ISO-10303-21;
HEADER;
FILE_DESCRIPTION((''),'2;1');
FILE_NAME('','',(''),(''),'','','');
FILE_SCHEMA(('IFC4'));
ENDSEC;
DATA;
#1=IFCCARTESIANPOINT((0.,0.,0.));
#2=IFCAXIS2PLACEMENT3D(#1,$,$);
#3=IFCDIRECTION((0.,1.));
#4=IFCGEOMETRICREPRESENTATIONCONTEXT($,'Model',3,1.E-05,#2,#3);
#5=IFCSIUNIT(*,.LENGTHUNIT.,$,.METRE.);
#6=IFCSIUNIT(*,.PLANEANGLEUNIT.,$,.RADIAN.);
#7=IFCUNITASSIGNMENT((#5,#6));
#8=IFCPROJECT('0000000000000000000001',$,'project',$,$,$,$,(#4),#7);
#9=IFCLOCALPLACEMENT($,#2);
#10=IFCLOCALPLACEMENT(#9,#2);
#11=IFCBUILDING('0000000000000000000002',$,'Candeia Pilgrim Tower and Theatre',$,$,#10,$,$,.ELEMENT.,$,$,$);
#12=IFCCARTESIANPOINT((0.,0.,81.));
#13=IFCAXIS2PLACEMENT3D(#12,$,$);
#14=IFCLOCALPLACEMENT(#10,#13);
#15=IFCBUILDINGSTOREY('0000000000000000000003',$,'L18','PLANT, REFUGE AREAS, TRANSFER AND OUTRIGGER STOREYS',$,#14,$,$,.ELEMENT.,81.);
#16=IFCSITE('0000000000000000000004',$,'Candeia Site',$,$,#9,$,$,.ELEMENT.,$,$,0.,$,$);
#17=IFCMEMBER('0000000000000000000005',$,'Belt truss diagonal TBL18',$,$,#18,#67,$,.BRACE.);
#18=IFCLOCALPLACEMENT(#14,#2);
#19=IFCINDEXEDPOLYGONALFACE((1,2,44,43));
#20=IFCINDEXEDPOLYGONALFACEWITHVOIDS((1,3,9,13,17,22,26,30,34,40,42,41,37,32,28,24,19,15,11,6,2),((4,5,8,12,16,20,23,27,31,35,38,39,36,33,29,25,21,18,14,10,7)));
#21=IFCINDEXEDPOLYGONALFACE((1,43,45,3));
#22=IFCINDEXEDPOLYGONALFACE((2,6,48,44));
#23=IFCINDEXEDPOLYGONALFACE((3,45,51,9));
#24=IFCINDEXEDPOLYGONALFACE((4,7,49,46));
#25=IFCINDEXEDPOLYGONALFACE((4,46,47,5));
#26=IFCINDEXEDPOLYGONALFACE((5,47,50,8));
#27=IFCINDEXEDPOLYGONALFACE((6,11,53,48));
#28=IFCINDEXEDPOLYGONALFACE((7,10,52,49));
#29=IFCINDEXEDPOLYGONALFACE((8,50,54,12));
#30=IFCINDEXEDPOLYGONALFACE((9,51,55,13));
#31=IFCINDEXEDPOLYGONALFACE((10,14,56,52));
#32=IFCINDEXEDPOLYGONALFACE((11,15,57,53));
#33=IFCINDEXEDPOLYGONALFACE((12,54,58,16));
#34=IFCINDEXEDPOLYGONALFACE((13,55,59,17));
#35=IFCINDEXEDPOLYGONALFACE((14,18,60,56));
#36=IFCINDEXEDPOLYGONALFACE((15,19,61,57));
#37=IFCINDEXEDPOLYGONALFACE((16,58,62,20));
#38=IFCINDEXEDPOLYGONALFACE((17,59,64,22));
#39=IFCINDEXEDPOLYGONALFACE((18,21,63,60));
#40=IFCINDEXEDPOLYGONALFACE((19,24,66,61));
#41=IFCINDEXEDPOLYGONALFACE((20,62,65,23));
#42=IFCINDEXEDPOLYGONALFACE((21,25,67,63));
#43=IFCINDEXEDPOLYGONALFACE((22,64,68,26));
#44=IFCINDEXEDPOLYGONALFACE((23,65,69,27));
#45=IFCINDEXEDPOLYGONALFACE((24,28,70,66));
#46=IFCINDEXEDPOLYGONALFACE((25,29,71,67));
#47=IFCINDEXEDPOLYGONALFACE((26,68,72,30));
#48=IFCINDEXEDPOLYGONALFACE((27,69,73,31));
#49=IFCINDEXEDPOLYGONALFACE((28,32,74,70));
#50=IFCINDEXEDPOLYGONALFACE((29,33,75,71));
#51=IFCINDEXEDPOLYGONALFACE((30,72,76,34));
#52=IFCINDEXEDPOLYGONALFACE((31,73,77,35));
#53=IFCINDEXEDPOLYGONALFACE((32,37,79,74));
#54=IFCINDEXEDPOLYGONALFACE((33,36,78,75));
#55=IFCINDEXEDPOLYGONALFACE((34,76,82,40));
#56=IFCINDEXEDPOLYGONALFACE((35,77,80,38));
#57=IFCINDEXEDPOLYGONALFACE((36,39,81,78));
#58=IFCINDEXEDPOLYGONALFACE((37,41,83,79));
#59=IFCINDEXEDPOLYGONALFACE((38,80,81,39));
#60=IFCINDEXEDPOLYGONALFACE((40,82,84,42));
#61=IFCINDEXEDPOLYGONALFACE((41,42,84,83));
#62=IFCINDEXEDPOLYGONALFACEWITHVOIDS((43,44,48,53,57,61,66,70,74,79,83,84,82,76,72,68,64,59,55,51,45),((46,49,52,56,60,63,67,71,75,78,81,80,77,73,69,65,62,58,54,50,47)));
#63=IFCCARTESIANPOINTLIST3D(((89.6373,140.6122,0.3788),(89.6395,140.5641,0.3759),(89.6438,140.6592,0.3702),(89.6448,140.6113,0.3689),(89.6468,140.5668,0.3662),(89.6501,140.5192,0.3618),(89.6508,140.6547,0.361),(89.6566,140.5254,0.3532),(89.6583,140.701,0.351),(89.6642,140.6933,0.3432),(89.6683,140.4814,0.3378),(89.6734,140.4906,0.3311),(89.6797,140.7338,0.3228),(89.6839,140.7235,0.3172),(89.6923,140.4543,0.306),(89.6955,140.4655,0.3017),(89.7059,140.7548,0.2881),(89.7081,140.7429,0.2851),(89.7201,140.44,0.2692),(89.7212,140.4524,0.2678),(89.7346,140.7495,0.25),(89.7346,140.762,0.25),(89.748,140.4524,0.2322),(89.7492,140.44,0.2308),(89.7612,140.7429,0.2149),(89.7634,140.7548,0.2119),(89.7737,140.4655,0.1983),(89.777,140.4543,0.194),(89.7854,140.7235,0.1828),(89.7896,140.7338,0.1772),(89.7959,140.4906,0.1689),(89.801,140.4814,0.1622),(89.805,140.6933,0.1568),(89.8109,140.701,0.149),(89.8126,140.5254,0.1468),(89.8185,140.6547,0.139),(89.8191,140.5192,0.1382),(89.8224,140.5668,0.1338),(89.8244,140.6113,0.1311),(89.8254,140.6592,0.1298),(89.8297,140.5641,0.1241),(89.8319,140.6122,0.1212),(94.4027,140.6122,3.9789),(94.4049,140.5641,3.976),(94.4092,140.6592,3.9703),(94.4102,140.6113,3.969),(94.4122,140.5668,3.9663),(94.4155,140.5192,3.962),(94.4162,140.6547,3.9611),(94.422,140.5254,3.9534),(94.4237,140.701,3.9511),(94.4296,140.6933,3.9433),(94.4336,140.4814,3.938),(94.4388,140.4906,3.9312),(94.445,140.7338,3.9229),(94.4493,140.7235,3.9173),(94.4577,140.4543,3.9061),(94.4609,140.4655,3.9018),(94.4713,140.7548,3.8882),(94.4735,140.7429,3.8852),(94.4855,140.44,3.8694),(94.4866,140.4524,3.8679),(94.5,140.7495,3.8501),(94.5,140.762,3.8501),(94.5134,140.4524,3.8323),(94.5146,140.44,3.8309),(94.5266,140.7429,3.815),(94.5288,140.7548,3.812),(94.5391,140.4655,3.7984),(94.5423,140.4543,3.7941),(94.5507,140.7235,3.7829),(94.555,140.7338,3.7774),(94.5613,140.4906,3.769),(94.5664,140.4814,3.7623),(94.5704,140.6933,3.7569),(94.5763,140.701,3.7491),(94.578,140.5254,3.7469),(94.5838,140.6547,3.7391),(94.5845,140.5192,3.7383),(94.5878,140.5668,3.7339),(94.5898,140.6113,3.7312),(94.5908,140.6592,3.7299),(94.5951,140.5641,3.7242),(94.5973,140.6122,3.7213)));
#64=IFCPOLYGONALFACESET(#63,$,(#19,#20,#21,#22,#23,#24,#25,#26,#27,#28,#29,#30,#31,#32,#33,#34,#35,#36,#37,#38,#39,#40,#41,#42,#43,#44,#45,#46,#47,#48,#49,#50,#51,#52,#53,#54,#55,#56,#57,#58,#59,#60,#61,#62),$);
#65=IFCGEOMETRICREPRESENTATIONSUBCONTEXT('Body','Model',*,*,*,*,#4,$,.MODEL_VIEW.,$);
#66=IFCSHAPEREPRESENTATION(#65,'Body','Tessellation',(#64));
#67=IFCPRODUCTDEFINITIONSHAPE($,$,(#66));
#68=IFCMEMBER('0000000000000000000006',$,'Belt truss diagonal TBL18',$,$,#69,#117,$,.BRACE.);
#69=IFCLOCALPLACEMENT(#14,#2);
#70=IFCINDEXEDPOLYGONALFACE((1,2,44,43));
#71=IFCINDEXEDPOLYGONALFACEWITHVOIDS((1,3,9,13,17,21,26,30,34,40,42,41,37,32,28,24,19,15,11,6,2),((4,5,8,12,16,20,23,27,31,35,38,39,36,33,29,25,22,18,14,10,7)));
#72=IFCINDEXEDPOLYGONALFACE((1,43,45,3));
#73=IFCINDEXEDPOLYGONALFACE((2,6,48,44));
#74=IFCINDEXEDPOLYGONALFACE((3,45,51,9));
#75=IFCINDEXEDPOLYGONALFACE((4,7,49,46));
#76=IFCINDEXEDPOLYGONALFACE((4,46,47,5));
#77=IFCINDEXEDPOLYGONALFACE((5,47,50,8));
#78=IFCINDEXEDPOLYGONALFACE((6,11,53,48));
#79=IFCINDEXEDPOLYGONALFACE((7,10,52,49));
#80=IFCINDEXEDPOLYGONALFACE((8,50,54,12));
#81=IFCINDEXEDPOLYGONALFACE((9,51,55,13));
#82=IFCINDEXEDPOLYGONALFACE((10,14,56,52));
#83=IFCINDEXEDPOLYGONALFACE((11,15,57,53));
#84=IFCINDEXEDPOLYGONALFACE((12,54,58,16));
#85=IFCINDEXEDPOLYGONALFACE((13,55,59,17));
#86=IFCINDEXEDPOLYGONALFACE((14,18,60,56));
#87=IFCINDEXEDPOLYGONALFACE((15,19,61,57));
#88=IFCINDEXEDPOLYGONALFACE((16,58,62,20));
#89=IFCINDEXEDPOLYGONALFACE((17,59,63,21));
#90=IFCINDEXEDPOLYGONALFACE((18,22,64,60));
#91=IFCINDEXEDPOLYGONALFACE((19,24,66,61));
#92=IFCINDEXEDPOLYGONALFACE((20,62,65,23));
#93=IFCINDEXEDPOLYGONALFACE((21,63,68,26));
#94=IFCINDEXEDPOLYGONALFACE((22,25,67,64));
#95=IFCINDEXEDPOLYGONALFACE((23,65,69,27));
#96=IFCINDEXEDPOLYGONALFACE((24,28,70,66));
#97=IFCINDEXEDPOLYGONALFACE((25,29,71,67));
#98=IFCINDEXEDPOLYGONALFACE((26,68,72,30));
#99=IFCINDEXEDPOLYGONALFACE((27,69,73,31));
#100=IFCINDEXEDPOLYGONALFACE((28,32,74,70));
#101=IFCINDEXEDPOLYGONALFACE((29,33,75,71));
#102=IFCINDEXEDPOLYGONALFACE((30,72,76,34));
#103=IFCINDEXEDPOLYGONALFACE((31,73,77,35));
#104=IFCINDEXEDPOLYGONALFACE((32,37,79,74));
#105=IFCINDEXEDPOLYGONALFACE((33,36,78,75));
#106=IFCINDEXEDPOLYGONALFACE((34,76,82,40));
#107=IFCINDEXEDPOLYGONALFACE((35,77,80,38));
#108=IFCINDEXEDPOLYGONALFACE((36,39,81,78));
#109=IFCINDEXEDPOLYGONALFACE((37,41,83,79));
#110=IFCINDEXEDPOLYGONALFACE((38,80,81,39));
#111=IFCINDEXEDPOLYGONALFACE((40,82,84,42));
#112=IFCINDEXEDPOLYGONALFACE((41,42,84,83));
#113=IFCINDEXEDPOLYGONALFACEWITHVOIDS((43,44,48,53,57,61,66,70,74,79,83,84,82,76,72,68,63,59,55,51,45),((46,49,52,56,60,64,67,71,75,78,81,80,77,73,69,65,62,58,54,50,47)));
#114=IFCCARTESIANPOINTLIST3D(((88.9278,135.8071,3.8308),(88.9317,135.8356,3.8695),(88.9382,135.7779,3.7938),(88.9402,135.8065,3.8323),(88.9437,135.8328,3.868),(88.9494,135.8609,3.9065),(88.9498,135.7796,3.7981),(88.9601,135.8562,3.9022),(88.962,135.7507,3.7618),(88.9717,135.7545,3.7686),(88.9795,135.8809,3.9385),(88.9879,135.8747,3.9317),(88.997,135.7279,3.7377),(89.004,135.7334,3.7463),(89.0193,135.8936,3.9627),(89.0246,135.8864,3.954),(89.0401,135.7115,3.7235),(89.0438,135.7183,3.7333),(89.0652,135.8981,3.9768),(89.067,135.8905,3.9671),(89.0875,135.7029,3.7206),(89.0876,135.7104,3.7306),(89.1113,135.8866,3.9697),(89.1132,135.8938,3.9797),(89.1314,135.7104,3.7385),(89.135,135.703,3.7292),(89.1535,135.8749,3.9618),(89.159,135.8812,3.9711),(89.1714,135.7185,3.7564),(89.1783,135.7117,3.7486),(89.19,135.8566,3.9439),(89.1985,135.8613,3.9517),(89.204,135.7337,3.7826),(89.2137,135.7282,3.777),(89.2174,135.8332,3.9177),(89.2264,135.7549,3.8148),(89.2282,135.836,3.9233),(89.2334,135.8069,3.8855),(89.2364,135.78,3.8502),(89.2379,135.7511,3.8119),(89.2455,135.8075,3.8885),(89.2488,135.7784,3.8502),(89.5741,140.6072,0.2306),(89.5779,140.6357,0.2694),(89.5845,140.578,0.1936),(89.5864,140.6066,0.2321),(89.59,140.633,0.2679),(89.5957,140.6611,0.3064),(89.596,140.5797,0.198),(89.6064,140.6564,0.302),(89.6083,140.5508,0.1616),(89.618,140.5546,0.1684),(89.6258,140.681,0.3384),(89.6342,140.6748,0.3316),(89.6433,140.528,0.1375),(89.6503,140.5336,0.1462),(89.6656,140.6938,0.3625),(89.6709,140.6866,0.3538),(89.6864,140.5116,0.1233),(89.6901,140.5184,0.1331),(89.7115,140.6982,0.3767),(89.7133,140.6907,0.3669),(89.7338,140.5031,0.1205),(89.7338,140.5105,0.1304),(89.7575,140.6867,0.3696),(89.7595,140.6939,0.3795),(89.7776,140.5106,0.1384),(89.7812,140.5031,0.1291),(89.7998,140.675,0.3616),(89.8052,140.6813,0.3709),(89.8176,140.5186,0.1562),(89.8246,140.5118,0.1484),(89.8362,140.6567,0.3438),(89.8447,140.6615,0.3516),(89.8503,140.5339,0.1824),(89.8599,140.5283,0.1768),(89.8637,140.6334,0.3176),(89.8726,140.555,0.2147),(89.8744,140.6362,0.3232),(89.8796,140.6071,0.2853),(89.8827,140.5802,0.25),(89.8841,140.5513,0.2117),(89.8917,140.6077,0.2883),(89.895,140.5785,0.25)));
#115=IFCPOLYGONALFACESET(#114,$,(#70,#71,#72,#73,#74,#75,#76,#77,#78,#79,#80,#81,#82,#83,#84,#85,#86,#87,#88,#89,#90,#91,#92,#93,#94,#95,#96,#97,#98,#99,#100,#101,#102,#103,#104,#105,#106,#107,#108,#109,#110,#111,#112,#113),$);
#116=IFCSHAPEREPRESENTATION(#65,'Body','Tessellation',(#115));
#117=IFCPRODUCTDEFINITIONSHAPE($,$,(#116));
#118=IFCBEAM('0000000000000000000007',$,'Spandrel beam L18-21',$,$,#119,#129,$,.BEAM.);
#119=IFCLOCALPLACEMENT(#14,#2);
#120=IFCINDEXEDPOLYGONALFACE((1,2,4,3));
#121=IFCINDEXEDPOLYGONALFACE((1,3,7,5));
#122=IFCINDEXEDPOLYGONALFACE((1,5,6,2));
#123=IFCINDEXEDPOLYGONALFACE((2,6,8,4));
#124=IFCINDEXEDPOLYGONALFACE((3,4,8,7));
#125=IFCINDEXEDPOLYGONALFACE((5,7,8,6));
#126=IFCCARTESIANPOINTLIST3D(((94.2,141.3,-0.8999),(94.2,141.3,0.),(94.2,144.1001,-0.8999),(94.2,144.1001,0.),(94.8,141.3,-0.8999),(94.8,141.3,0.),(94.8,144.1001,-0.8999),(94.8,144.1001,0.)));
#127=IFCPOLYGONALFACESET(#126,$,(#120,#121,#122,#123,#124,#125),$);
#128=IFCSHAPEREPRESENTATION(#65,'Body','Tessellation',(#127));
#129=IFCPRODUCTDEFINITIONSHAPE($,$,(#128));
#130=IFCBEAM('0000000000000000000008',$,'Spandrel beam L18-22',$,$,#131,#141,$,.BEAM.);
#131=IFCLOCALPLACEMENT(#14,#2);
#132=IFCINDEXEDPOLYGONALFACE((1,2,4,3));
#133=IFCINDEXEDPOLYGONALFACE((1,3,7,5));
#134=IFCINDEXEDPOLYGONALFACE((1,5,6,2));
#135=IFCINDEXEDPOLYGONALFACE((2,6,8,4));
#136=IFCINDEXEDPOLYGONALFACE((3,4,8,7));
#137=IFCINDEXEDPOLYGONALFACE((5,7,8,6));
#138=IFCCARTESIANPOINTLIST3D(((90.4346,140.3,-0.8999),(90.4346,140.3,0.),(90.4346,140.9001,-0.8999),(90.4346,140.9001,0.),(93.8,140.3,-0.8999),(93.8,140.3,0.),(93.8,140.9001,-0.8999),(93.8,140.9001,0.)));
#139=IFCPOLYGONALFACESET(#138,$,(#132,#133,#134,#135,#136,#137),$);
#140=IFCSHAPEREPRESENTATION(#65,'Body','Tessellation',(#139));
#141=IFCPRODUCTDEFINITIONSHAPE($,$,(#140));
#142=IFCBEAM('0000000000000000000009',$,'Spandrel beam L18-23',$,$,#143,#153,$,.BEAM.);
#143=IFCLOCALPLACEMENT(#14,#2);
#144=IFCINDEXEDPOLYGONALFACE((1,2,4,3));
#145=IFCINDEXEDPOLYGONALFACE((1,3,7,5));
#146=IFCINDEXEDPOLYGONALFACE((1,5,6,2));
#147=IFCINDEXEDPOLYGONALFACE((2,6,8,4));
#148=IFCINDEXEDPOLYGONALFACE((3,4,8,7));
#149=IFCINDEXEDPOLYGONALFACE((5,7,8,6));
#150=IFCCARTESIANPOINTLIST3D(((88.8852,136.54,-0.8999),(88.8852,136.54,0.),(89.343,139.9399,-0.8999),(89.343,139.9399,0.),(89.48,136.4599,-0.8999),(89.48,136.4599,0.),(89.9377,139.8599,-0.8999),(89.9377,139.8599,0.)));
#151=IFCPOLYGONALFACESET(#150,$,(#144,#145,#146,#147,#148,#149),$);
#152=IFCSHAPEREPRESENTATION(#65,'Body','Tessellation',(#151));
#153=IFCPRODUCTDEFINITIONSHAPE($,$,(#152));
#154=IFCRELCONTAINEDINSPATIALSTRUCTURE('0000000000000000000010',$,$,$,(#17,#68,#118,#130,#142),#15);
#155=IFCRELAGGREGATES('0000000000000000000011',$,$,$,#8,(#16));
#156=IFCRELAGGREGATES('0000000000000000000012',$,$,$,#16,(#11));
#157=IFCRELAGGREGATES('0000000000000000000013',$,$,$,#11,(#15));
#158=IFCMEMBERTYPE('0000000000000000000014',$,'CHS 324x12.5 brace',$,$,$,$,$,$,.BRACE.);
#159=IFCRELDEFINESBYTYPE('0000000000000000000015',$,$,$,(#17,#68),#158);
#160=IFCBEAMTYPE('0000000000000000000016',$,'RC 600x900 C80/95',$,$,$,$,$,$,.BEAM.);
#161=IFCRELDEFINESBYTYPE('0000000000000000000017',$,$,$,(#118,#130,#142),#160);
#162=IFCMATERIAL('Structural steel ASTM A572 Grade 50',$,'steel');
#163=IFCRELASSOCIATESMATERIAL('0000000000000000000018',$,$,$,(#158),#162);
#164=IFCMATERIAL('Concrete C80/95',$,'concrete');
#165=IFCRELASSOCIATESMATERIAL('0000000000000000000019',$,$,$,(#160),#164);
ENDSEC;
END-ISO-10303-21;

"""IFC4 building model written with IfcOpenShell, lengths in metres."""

from ifc_helpers import new_model, si_unit, direction, frame, origin, origin_2d, place, context, subcontext, project, spatial, rectangle, hollow_circle, extrude, material, material_profile, profile_set, type_object, element, save


model = new_model("IFC4")

# Units and contexts
model_context = context("Model", 3, precision=1e-05, world=origin(), true_north=direction((0.0, 1.0)))
body_context = subcontext(model_context, "Body", "Model", "MODEL_VIEW")
ifc_project = project(units=[si_unit("LENGTHUNIT", "METRE"), si_unit("PLANEANGLEUNIT", "RADIAN")], contexts=[model_context])

# Site, building, storey
site_placement = place(None, origin())
site = spatial("IfcSite", under=ifc_project, at=site_placement, Name="Candeia Site", CompositionType="ELEMENT", RefElevation=0.0)
building_placement = place(site_placement, origin())
building = spatial("IfcBuilding", under=site, at=building_placement, Name="Candeia Pilgrim Tower and Theatre", CompositionType="ELEMENT")
storey_placement = place(building_placement, frame((0.0, 0.0, 81.0)))
storey = spatial("IfcBuildingStorey", under=building, at=storey_placement, Name="L18", Description="PLANT, REFUGE AREAS, TRANSFER AND OUTRIGGER STOREYS", CompositionType="ELEMENT", Elevation=81.0)

# Shared definitions
ifc_material_1 = material(Name="Concrete C80/95", Category="concrete")

# Members
ifc_material_2 = material(Name="Structural steel ASTM A572 Grade 50", Category="steel")
ifc_material_profile_1 = material_profile(ifc_material_2, hollow_circle(Radius=0.1619, WallThickness=0.0125, at=origin_2d()))
ifc_profile_set_1 = profile_set([ifc_material_profile_1], Name="Structural steel ASTM A572 Grade 50")
member_type_1 = type_object("IfcMemberType", Name="CHS 324x12.5 brace", PredefinedType="BRACE", material=ifc_profile_set_1)
member_1_placement = place(storey_placement, frame((89.7346, 140.6001, 0.25), z_axis=(0.797901, 0.0, 0.602789), x_axis=(0.0, 1.0, 0.0)))
element("IfcMember", 1, at=member_1_placement, inside=storey, type_object=member_type_1, Name="Belt truss diagonal TBL18", PredefinedType="BRACE", context=body_context, shape_type="SweptSolid", body=[
    extrude(hollow_circle(Radius=0.1619, WallThickness=0.0125, at=origin_2d()), origin(), (0.0, 0.0, 1.0), 5.9724),
])
member_2_placement = place(storey_placement, frame((89.7346, 140.6001, 0.25), z_axis=(-0.107086, -0.795395, 0.596556), x_axis=(0.991058, -0.133428, 0.0)))
element("IfcMember", 2, at=member_2_placement, inside=storey, type_object=member_type_1, Name="Belt truss diagonal TBL18", PredefinedType="BRACE", context=body_context, shape_type="SweptSolid", body=[
    extrude(hollow_circle(Radius=0.1619, WallThickness=0.0125, at=origin_2d()), origin(), (0.0, 0.0, 1.0), 6.0349),
])

# Beams
ifc_material_profile_2 = material_profile(ifc_material_1, rectangle(XDim=0.6001, YDim=0.8999, at=origin_2d()))
ifc_profile_set_2 = profile_set([ifc_material_profile_2], Name="Concrete C80/95")
beam_type = type_object("IfcBeamType", Name="RC 600x900 C80/95", PredefinedType="BEAM", material=ifc_profile_set_2)
beam_1_placement = place(storey_placement, frame((94.5, 144.1001, -0.45), z_axis=(0.0, -1.0, 0.0), x_axis=(1.0, 0.0, 0.0)))
element("IfcBeam", 3, at=beam_1_placement, inside=storey, type_object=beam_type, Name="Spandrel beam L18-21", PredefinedType="BEAM", context=body_context, shape_type="SweptSolid", body=[
    extrude(rectangle(XDim=0.6001, YDim=0.8999, at=origin_2d()), origin(), (0.0, 0.0, 1.0), 2.8),
])
beam_2_placement = place(storey_placement, frame((93.8, 140.6001, -0.45), z_axis=(-1.0, 0.0, 0.0), x_axis=(0.0, -1.0, 0.0)))
element("IfcBeam", 4, at=beam_2_placement, inside=storey, type_object=beam_type, Name="Spandrel beam L18-22", PredefinedType="BEAM", context=body_context, shape_type="SweptSolid", body=[
    extrude(rectangle(XDim=0.6001, YDim=0.8999, at=origin_2d()), origin(), (0.0, 0.0, 1.0), 3.3655),
])
beam_3_placement = place(storey_placement, frame((89.6404, 139.8999, -0.45), z_axis=(-0.133436, -0.991057, 0.0), x_axis=(0.991057, -0.133436, 0.0)))
element("IfcBeam", 5, at=beam_3_placement, inside=storey, type_object=beam_type, Name="Spandrel beam L18-23", PredefinedType="BEAM", context=body_context, shape_type="SweptSolid", body=[
    extrude(rectangle(XDim=0.6001, YDim=0.8999, at=origin_2d()), origin(), (0.0, 0.0, 1.0), 3.4307),
])

save(model, "model.ifc")
